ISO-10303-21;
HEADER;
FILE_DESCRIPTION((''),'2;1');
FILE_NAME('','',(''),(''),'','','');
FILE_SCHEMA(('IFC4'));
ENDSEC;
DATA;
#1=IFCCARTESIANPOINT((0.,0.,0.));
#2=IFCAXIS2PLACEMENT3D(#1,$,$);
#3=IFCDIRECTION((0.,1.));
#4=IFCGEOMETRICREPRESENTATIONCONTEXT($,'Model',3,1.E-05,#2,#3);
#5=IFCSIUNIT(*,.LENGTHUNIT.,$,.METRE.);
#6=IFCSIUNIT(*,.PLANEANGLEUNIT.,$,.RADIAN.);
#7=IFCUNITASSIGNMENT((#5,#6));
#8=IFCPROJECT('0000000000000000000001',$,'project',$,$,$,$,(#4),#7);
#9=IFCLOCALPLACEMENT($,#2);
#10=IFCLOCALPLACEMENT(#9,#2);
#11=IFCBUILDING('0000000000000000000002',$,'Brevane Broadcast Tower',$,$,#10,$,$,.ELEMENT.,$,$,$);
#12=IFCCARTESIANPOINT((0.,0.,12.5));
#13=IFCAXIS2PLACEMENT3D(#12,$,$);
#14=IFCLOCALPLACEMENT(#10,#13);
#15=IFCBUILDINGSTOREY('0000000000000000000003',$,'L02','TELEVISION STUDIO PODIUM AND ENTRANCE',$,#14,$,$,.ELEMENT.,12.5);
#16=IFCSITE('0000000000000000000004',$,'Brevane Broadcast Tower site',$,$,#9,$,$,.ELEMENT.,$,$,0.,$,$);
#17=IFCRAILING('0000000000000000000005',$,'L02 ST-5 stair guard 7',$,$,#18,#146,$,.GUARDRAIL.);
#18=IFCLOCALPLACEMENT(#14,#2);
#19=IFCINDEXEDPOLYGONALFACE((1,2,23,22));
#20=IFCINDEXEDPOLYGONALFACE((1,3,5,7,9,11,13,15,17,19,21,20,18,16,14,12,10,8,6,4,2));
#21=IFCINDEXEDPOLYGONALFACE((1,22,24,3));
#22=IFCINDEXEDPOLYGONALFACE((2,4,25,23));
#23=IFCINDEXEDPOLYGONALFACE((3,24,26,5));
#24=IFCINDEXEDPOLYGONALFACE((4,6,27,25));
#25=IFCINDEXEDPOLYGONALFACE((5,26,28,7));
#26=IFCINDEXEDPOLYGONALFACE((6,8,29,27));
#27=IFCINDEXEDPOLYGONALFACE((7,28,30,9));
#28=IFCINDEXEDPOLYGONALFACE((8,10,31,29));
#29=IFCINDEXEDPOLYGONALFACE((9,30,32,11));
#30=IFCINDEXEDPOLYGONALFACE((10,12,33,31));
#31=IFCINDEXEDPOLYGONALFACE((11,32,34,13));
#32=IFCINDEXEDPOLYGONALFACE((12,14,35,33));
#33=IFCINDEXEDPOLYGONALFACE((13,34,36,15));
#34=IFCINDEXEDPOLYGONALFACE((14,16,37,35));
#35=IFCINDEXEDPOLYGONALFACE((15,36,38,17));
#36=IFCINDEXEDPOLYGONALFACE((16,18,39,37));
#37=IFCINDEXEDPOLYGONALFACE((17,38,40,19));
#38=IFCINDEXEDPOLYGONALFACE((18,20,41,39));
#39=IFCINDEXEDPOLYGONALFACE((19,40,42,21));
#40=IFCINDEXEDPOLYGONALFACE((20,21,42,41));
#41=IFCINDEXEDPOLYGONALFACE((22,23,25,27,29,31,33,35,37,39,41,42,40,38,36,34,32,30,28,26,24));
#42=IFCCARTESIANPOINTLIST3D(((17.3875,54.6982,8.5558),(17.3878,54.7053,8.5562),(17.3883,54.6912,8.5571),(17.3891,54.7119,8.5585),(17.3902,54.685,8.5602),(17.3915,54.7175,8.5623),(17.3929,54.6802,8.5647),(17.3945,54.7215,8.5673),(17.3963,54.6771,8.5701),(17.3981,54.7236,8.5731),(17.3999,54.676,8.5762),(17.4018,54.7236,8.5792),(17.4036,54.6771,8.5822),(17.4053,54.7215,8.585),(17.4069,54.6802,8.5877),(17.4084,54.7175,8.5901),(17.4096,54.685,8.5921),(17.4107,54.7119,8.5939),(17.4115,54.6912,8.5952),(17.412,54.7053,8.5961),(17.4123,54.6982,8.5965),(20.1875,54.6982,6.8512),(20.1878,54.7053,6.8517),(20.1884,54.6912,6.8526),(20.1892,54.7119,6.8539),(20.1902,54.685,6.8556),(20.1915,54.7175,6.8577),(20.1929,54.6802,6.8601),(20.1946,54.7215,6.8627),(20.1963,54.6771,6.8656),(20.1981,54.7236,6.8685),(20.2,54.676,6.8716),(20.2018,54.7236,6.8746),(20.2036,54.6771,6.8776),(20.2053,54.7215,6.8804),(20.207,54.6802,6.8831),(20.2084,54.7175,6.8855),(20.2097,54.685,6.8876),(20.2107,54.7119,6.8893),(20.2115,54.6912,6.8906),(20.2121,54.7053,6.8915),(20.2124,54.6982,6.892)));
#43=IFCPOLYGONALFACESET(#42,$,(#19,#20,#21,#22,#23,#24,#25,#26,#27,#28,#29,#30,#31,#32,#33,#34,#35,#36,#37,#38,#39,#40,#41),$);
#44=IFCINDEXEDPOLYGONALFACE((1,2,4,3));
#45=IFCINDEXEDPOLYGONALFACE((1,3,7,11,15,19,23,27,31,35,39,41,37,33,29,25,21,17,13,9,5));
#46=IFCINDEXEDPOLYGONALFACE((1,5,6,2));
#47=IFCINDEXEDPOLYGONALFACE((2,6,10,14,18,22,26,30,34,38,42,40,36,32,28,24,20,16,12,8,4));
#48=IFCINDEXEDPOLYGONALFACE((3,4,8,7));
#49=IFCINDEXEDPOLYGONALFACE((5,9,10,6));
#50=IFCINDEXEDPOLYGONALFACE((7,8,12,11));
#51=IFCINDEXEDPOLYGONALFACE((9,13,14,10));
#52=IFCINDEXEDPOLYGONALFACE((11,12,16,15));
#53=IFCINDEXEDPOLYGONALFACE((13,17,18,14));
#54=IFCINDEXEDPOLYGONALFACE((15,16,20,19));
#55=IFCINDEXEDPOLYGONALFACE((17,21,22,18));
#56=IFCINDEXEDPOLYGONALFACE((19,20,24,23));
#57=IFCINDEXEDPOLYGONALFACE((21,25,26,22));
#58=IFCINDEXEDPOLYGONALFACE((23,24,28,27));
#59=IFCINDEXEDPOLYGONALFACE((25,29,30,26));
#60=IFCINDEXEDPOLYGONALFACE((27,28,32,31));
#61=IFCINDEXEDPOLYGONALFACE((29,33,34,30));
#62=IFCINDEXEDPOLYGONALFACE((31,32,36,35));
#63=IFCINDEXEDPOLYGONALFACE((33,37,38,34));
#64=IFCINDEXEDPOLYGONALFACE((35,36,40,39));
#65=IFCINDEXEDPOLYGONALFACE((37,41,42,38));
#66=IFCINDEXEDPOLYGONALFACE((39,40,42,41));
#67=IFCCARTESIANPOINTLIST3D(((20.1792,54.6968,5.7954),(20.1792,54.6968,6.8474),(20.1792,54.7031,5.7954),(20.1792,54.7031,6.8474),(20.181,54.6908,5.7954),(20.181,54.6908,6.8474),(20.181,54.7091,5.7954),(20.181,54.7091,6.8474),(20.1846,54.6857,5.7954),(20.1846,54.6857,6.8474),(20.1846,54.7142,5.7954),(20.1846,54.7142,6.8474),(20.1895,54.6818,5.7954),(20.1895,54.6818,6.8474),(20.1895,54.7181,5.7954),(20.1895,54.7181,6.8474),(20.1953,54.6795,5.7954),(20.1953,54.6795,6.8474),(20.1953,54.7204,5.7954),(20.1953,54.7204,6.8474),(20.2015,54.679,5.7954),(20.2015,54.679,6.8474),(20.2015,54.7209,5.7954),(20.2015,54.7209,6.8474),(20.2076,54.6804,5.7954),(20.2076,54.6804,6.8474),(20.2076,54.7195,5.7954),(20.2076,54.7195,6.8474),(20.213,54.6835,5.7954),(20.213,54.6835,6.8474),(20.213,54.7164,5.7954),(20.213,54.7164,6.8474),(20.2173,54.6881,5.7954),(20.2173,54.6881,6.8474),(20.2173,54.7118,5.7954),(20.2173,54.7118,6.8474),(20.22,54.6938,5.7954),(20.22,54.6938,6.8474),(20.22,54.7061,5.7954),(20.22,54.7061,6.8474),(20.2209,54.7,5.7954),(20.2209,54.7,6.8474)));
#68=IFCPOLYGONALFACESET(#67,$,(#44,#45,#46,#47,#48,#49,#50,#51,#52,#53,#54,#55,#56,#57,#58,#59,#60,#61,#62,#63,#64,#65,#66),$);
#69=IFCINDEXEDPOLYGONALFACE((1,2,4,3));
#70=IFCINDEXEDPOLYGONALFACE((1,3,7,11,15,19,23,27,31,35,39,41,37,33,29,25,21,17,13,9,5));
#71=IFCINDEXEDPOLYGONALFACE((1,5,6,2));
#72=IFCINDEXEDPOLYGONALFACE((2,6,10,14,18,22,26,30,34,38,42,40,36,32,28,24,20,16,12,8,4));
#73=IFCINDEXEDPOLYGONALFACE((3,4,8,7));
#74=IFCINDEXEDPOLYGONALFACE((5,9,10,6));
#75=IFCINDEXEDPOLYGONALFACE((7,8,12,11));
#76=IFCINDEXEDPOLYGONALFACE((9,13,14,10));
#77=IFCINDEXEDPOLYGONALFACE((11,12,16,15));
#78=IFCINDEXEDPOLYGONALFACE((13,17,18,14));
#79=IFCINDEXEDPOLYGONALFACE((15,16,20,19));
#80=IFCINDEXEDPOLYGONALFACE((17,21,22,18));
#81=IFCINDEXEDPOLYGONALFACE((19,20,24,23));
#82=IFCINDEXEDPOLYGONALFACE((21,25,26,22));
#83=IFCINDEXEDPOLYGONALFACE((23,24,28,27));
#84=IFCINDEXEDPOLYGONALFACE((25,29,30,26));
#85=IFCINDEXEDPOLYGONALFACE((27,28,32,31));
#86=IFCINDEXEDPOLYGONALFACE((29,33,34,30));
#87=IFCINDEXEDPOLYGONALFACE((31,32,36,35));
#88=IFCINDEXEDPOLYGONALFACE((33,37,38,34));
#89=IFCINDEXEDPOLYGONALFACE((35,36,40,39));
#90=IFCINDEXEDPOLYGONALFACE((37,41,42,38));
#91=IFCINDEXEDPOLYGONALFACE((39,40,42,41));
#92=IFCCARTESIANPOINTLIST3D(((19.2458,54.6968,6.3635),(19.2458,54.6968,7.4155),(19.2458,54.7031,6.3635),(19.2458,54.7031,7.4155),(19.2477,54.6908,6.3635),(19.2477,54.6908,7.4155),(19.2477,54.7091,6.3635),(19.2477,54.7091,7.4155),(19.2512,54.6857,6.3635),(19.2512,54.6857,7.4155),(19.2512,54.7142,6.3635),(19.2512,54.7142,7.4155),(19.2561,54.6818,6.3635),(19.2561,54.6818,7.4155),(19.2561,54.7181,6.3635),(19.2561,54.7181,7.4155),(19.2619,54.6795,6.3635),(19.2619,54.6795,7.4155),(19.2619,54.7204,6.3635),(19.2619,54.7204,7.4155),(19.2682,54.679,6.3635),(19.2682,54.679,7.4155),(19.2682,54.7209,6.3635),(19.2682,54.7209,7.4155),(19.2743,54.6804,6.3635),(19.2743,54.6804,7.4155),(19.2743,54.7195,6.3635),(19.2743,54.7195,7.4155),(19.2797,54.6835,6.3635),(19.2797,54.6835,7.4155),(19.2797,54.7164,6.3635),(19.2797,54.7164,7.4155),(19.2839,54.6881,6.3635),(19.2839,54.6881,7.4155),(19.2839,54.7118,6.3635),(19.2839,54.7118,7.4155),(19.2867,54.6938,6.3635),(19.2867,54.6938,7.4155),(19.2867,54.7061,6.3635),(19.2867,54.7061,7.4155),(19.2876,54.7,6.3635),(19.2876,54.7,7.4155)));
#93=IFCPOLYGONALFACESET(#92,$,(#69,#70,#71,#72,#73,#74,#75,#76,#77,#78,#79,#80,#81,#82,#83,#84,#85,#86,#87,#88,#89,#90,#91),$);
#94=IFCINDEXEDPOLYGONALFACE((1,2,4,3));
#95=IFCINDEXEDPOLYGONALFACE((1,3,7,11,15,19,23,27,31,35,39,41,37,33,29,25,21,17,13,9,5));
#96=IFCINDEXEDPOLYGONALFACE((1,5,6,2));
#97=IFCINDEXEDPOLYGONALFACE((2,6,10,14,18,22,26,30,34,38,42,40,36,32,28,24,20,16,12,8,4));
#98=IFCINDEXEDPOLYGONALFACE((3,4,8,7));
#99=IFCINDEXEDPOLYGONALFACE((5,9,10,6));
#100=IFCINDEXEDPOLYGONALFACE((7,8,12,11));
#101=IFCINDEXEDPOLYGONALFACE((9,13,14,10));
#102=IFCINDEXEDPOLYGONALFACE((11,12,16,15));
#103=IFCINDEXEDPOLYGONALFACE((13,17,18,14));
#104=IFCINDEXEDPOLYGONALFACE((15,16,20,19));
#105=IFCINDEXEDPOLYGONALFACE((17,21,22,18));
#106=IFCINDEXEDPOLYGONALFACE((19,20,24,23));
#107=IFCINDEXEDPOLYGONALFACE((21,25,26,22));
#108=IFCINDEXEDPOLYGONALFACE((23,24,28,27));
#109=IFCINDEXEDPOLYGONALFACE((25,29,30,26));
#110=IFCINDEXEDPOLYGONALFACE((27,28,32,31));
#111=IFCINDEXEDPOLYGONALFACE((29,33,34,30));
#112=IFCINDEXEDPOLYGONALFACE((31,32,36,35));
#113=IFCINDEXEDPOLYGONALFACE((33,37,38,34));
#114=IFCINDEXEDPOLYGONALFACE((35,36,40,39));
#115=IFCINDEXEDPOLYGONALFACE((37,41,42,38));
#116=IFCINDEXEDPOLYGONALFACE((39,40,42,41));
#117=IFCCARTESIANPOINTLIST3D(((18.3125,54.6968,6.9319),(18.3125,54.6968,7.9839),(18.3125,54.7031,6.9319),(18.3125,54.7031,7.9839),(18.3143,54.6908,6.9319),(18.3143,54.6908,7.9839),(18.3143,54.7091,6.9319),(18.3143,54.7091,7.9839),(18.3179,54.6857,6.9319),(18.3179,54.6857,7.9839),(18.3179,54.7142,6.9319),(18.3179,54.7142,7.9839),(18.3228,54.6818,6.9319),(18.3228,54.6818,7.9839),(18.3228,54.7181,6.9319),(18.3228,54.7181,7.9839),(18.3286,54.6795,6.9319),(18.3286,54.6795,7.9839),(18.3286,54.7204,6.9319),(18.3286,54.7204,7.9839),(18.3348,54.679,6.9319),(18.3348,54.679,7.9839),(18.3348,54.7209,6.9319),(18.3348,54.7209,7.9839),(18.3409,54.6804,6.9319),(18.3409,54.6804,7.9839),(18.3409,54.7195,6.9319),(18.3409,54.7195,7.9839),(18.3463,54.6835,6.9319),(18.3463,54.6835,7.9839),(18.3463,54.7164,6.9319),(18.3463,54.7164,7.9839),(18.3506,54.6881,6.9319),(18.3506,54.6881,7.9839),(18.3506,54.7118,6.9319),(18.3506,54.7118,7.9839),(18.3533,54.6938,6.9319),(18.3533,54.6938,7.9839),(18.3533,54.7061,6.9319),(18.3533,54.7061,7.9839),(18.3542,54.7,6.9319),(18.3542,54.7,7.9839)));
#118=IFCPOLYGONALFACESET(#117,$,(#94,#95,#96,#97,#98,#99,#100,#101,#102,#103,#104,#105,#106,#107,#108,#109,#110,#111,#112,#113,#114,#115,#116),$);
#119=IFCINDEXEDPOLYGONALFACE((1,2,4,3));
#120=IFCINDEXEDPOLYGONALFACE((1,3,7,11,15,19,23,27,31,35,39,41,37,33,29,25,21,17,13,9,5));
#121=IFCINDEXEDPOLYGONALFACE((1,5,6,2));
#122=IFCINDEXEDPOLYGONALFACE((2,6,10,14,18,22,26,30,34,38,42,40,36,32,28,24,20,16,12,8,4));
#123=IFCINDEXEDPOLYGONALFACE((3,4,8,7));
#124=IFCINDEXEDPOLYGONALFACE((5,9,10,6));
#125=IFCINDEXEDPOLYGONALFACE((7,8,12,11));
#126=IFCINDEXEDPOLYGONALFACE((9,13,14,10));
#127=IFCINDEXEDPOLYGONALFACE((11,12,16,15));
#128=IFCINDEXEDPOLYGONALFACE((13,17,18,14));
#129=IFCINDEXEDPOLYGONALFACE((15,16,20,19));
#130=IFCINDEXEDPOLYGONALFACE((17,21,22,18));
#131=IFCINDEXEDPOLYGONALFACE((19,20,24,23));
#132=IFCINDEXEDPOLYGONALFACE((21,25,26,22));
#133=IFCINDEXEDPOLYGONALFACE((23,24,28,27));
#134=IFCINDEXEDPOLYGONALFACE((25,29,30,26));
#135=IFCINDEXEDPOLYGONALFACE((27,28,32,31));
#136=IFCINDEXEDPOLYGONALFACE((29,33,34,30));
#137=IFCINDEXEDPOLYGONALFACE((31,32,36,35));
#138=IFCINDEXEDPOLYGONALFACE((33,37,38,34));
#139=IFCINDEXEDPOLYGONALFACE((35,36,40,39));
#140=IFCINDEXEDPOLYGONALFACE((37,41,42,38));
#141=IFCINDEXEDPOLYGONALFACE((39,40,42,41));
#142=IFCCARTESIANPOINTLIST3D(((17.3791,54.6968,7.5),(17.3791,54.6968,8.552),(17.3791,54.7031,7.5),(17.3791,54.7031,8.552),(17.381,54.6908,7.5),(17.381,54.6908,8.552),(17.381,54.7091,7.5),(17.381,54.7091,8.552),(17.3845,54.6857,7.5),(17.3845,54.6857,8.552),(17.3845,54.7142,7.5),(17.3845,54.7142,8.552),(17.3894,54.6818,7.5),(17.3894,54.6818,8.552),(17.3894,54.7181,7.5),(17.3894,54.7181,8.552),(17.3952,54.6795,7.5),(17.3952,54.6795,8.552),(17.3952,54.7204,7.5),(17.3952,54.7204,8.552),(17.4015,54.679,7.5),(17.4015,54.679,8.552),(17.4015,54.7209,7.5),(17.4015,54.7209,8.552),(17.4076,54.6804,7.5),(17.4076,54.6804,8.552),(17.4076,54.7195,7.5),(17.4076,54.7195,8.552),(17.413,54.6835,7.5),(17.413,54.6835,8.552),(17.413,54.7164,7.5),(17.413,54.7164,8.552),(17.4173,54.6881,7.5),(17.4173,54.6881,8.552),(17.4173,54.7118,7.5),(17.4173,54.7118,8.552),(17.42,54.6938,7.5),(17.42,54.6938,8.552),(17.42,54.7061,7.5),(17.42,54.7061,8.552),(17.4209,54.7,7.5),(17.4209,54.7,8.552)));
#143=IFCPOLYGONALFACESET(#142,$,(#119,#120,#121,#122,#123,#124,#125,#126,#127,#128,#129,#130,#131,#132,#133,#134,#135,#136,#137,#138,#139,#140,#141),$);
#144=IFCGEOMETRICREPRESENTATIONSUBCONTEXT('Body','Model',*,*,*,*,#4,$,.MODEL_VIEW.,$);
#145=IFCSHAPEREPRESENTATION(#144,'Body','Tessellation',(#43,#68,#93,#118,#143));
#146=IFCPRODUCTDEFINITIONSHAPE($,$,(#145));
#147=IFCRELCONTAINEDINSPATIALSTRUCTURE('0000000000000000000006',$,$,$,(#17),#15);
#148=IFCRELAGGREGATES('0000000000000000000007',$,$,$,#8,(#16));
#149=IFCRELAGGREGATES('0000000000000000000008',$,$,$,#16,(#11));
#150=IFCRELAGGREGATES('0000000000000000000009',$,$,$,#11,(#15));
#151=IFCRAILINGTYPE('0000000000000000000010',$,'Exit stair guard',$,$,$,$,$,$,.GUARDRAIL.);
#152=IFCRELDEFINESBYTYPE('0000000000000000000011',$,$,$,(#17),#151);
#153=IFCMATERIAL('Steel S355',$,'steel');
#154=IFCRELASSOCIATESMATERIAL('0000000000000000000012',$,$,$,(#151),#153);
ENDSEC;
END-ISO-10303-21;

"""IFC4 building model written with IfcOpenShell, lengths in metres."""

from ifc_helpers import new_model, si_unit, direction, frame, origin, origin_2d, place, context, subcontext, project, spatial, circle, extrude, material, type_object, element, save


model = new_model("IFC4")

# Units and contexts
model_context = context("Model", 3, precision=1e-05, world=origin(), true_north=direction((0.0, 1.0)))
body_context = subcontext(model_context, "Body", "Model", "MODEL_VIEW")
ifc_project = project(units=[si_unit("LENGTHUNIT", "METRE"), si_unit("PLANEANGLEUNIT", "RADIAN")], contexts=[model_context])

# Site, building, storey
site_placement = place(None, origin())
site = spatial("IfcSite", under=ifc_project, at=site_placement, Name="Brevane Broadcast Tower site", CompositionType="ELEMENT", RefElevation=0.0)
building_placement = place(site_placement, origin())
building = spatial("IfcBuilding", under=site, at=building_placement, Name="Brevane Broadcast Tower", CompositionType="ELEMENT")
storey_placement = place(building_placement, frame((0.0, 0.0, 12.5)))
storey = spatial("IfcBuildingStorey", under=building, at=storey_placement, Name="L02", Description="TELEVISION STUDIO PODIUM AND ENTRANCE", CompositionType="ELEMENT", Elevation=12.5)

# Railing
ifc_material_1 = material(Name="Steel S355", Category="steel")
railing_type_1 = type_object("IfcRailingType", Name="Exit stair guard", PredefinedType="GUARDRAIL", material=ifc_material_1)
railing_1_placement = place(storey_placement, frame((20.2, 54.7, 5.7954)))
element("IfcRailing", 1, at=railing_1_placement, inside=storey, type_object=railing_type_1, Name="L02 ST-5 stair guard 7", PredefinedType="GUARDRAIL", context=body_context, shape_type="SweptSolid", body=[
    extrude(circle(Radius=0.0239, at=origin_2d()), frame((0.0, 0.0, 1.0762), z_axis=(-0.85417, 0.0, 0.519994), x_axis=(0.0, -1.0, 0.0)), (0.0, 0.0, 1.0), 3.2781),
    extrude(circle(Radius=0.021, at=origin_2d()), origin(), (0.0, 0.0, 1.0), 1.052),
    extrude(circle(Radius=0.021, at=origin_2d()), frame((-0.9333, 0.0, 0.5681)), (0.0, 0.0, 1.0), 1.052),
    extrude(circle(Radius=0.021, at=origin_2d()), frame((-1.8667, 0.0, 1.1365)), (0.0, 0.0, 1.0), 1.052),
    extrude(circle(Radius=0.021, at=origin_2d()), frame((-2.8, 0.0, 1.7046)), (0.0, 0.0, 1.0), 1.052),
])

save(model, "model.ifc")
